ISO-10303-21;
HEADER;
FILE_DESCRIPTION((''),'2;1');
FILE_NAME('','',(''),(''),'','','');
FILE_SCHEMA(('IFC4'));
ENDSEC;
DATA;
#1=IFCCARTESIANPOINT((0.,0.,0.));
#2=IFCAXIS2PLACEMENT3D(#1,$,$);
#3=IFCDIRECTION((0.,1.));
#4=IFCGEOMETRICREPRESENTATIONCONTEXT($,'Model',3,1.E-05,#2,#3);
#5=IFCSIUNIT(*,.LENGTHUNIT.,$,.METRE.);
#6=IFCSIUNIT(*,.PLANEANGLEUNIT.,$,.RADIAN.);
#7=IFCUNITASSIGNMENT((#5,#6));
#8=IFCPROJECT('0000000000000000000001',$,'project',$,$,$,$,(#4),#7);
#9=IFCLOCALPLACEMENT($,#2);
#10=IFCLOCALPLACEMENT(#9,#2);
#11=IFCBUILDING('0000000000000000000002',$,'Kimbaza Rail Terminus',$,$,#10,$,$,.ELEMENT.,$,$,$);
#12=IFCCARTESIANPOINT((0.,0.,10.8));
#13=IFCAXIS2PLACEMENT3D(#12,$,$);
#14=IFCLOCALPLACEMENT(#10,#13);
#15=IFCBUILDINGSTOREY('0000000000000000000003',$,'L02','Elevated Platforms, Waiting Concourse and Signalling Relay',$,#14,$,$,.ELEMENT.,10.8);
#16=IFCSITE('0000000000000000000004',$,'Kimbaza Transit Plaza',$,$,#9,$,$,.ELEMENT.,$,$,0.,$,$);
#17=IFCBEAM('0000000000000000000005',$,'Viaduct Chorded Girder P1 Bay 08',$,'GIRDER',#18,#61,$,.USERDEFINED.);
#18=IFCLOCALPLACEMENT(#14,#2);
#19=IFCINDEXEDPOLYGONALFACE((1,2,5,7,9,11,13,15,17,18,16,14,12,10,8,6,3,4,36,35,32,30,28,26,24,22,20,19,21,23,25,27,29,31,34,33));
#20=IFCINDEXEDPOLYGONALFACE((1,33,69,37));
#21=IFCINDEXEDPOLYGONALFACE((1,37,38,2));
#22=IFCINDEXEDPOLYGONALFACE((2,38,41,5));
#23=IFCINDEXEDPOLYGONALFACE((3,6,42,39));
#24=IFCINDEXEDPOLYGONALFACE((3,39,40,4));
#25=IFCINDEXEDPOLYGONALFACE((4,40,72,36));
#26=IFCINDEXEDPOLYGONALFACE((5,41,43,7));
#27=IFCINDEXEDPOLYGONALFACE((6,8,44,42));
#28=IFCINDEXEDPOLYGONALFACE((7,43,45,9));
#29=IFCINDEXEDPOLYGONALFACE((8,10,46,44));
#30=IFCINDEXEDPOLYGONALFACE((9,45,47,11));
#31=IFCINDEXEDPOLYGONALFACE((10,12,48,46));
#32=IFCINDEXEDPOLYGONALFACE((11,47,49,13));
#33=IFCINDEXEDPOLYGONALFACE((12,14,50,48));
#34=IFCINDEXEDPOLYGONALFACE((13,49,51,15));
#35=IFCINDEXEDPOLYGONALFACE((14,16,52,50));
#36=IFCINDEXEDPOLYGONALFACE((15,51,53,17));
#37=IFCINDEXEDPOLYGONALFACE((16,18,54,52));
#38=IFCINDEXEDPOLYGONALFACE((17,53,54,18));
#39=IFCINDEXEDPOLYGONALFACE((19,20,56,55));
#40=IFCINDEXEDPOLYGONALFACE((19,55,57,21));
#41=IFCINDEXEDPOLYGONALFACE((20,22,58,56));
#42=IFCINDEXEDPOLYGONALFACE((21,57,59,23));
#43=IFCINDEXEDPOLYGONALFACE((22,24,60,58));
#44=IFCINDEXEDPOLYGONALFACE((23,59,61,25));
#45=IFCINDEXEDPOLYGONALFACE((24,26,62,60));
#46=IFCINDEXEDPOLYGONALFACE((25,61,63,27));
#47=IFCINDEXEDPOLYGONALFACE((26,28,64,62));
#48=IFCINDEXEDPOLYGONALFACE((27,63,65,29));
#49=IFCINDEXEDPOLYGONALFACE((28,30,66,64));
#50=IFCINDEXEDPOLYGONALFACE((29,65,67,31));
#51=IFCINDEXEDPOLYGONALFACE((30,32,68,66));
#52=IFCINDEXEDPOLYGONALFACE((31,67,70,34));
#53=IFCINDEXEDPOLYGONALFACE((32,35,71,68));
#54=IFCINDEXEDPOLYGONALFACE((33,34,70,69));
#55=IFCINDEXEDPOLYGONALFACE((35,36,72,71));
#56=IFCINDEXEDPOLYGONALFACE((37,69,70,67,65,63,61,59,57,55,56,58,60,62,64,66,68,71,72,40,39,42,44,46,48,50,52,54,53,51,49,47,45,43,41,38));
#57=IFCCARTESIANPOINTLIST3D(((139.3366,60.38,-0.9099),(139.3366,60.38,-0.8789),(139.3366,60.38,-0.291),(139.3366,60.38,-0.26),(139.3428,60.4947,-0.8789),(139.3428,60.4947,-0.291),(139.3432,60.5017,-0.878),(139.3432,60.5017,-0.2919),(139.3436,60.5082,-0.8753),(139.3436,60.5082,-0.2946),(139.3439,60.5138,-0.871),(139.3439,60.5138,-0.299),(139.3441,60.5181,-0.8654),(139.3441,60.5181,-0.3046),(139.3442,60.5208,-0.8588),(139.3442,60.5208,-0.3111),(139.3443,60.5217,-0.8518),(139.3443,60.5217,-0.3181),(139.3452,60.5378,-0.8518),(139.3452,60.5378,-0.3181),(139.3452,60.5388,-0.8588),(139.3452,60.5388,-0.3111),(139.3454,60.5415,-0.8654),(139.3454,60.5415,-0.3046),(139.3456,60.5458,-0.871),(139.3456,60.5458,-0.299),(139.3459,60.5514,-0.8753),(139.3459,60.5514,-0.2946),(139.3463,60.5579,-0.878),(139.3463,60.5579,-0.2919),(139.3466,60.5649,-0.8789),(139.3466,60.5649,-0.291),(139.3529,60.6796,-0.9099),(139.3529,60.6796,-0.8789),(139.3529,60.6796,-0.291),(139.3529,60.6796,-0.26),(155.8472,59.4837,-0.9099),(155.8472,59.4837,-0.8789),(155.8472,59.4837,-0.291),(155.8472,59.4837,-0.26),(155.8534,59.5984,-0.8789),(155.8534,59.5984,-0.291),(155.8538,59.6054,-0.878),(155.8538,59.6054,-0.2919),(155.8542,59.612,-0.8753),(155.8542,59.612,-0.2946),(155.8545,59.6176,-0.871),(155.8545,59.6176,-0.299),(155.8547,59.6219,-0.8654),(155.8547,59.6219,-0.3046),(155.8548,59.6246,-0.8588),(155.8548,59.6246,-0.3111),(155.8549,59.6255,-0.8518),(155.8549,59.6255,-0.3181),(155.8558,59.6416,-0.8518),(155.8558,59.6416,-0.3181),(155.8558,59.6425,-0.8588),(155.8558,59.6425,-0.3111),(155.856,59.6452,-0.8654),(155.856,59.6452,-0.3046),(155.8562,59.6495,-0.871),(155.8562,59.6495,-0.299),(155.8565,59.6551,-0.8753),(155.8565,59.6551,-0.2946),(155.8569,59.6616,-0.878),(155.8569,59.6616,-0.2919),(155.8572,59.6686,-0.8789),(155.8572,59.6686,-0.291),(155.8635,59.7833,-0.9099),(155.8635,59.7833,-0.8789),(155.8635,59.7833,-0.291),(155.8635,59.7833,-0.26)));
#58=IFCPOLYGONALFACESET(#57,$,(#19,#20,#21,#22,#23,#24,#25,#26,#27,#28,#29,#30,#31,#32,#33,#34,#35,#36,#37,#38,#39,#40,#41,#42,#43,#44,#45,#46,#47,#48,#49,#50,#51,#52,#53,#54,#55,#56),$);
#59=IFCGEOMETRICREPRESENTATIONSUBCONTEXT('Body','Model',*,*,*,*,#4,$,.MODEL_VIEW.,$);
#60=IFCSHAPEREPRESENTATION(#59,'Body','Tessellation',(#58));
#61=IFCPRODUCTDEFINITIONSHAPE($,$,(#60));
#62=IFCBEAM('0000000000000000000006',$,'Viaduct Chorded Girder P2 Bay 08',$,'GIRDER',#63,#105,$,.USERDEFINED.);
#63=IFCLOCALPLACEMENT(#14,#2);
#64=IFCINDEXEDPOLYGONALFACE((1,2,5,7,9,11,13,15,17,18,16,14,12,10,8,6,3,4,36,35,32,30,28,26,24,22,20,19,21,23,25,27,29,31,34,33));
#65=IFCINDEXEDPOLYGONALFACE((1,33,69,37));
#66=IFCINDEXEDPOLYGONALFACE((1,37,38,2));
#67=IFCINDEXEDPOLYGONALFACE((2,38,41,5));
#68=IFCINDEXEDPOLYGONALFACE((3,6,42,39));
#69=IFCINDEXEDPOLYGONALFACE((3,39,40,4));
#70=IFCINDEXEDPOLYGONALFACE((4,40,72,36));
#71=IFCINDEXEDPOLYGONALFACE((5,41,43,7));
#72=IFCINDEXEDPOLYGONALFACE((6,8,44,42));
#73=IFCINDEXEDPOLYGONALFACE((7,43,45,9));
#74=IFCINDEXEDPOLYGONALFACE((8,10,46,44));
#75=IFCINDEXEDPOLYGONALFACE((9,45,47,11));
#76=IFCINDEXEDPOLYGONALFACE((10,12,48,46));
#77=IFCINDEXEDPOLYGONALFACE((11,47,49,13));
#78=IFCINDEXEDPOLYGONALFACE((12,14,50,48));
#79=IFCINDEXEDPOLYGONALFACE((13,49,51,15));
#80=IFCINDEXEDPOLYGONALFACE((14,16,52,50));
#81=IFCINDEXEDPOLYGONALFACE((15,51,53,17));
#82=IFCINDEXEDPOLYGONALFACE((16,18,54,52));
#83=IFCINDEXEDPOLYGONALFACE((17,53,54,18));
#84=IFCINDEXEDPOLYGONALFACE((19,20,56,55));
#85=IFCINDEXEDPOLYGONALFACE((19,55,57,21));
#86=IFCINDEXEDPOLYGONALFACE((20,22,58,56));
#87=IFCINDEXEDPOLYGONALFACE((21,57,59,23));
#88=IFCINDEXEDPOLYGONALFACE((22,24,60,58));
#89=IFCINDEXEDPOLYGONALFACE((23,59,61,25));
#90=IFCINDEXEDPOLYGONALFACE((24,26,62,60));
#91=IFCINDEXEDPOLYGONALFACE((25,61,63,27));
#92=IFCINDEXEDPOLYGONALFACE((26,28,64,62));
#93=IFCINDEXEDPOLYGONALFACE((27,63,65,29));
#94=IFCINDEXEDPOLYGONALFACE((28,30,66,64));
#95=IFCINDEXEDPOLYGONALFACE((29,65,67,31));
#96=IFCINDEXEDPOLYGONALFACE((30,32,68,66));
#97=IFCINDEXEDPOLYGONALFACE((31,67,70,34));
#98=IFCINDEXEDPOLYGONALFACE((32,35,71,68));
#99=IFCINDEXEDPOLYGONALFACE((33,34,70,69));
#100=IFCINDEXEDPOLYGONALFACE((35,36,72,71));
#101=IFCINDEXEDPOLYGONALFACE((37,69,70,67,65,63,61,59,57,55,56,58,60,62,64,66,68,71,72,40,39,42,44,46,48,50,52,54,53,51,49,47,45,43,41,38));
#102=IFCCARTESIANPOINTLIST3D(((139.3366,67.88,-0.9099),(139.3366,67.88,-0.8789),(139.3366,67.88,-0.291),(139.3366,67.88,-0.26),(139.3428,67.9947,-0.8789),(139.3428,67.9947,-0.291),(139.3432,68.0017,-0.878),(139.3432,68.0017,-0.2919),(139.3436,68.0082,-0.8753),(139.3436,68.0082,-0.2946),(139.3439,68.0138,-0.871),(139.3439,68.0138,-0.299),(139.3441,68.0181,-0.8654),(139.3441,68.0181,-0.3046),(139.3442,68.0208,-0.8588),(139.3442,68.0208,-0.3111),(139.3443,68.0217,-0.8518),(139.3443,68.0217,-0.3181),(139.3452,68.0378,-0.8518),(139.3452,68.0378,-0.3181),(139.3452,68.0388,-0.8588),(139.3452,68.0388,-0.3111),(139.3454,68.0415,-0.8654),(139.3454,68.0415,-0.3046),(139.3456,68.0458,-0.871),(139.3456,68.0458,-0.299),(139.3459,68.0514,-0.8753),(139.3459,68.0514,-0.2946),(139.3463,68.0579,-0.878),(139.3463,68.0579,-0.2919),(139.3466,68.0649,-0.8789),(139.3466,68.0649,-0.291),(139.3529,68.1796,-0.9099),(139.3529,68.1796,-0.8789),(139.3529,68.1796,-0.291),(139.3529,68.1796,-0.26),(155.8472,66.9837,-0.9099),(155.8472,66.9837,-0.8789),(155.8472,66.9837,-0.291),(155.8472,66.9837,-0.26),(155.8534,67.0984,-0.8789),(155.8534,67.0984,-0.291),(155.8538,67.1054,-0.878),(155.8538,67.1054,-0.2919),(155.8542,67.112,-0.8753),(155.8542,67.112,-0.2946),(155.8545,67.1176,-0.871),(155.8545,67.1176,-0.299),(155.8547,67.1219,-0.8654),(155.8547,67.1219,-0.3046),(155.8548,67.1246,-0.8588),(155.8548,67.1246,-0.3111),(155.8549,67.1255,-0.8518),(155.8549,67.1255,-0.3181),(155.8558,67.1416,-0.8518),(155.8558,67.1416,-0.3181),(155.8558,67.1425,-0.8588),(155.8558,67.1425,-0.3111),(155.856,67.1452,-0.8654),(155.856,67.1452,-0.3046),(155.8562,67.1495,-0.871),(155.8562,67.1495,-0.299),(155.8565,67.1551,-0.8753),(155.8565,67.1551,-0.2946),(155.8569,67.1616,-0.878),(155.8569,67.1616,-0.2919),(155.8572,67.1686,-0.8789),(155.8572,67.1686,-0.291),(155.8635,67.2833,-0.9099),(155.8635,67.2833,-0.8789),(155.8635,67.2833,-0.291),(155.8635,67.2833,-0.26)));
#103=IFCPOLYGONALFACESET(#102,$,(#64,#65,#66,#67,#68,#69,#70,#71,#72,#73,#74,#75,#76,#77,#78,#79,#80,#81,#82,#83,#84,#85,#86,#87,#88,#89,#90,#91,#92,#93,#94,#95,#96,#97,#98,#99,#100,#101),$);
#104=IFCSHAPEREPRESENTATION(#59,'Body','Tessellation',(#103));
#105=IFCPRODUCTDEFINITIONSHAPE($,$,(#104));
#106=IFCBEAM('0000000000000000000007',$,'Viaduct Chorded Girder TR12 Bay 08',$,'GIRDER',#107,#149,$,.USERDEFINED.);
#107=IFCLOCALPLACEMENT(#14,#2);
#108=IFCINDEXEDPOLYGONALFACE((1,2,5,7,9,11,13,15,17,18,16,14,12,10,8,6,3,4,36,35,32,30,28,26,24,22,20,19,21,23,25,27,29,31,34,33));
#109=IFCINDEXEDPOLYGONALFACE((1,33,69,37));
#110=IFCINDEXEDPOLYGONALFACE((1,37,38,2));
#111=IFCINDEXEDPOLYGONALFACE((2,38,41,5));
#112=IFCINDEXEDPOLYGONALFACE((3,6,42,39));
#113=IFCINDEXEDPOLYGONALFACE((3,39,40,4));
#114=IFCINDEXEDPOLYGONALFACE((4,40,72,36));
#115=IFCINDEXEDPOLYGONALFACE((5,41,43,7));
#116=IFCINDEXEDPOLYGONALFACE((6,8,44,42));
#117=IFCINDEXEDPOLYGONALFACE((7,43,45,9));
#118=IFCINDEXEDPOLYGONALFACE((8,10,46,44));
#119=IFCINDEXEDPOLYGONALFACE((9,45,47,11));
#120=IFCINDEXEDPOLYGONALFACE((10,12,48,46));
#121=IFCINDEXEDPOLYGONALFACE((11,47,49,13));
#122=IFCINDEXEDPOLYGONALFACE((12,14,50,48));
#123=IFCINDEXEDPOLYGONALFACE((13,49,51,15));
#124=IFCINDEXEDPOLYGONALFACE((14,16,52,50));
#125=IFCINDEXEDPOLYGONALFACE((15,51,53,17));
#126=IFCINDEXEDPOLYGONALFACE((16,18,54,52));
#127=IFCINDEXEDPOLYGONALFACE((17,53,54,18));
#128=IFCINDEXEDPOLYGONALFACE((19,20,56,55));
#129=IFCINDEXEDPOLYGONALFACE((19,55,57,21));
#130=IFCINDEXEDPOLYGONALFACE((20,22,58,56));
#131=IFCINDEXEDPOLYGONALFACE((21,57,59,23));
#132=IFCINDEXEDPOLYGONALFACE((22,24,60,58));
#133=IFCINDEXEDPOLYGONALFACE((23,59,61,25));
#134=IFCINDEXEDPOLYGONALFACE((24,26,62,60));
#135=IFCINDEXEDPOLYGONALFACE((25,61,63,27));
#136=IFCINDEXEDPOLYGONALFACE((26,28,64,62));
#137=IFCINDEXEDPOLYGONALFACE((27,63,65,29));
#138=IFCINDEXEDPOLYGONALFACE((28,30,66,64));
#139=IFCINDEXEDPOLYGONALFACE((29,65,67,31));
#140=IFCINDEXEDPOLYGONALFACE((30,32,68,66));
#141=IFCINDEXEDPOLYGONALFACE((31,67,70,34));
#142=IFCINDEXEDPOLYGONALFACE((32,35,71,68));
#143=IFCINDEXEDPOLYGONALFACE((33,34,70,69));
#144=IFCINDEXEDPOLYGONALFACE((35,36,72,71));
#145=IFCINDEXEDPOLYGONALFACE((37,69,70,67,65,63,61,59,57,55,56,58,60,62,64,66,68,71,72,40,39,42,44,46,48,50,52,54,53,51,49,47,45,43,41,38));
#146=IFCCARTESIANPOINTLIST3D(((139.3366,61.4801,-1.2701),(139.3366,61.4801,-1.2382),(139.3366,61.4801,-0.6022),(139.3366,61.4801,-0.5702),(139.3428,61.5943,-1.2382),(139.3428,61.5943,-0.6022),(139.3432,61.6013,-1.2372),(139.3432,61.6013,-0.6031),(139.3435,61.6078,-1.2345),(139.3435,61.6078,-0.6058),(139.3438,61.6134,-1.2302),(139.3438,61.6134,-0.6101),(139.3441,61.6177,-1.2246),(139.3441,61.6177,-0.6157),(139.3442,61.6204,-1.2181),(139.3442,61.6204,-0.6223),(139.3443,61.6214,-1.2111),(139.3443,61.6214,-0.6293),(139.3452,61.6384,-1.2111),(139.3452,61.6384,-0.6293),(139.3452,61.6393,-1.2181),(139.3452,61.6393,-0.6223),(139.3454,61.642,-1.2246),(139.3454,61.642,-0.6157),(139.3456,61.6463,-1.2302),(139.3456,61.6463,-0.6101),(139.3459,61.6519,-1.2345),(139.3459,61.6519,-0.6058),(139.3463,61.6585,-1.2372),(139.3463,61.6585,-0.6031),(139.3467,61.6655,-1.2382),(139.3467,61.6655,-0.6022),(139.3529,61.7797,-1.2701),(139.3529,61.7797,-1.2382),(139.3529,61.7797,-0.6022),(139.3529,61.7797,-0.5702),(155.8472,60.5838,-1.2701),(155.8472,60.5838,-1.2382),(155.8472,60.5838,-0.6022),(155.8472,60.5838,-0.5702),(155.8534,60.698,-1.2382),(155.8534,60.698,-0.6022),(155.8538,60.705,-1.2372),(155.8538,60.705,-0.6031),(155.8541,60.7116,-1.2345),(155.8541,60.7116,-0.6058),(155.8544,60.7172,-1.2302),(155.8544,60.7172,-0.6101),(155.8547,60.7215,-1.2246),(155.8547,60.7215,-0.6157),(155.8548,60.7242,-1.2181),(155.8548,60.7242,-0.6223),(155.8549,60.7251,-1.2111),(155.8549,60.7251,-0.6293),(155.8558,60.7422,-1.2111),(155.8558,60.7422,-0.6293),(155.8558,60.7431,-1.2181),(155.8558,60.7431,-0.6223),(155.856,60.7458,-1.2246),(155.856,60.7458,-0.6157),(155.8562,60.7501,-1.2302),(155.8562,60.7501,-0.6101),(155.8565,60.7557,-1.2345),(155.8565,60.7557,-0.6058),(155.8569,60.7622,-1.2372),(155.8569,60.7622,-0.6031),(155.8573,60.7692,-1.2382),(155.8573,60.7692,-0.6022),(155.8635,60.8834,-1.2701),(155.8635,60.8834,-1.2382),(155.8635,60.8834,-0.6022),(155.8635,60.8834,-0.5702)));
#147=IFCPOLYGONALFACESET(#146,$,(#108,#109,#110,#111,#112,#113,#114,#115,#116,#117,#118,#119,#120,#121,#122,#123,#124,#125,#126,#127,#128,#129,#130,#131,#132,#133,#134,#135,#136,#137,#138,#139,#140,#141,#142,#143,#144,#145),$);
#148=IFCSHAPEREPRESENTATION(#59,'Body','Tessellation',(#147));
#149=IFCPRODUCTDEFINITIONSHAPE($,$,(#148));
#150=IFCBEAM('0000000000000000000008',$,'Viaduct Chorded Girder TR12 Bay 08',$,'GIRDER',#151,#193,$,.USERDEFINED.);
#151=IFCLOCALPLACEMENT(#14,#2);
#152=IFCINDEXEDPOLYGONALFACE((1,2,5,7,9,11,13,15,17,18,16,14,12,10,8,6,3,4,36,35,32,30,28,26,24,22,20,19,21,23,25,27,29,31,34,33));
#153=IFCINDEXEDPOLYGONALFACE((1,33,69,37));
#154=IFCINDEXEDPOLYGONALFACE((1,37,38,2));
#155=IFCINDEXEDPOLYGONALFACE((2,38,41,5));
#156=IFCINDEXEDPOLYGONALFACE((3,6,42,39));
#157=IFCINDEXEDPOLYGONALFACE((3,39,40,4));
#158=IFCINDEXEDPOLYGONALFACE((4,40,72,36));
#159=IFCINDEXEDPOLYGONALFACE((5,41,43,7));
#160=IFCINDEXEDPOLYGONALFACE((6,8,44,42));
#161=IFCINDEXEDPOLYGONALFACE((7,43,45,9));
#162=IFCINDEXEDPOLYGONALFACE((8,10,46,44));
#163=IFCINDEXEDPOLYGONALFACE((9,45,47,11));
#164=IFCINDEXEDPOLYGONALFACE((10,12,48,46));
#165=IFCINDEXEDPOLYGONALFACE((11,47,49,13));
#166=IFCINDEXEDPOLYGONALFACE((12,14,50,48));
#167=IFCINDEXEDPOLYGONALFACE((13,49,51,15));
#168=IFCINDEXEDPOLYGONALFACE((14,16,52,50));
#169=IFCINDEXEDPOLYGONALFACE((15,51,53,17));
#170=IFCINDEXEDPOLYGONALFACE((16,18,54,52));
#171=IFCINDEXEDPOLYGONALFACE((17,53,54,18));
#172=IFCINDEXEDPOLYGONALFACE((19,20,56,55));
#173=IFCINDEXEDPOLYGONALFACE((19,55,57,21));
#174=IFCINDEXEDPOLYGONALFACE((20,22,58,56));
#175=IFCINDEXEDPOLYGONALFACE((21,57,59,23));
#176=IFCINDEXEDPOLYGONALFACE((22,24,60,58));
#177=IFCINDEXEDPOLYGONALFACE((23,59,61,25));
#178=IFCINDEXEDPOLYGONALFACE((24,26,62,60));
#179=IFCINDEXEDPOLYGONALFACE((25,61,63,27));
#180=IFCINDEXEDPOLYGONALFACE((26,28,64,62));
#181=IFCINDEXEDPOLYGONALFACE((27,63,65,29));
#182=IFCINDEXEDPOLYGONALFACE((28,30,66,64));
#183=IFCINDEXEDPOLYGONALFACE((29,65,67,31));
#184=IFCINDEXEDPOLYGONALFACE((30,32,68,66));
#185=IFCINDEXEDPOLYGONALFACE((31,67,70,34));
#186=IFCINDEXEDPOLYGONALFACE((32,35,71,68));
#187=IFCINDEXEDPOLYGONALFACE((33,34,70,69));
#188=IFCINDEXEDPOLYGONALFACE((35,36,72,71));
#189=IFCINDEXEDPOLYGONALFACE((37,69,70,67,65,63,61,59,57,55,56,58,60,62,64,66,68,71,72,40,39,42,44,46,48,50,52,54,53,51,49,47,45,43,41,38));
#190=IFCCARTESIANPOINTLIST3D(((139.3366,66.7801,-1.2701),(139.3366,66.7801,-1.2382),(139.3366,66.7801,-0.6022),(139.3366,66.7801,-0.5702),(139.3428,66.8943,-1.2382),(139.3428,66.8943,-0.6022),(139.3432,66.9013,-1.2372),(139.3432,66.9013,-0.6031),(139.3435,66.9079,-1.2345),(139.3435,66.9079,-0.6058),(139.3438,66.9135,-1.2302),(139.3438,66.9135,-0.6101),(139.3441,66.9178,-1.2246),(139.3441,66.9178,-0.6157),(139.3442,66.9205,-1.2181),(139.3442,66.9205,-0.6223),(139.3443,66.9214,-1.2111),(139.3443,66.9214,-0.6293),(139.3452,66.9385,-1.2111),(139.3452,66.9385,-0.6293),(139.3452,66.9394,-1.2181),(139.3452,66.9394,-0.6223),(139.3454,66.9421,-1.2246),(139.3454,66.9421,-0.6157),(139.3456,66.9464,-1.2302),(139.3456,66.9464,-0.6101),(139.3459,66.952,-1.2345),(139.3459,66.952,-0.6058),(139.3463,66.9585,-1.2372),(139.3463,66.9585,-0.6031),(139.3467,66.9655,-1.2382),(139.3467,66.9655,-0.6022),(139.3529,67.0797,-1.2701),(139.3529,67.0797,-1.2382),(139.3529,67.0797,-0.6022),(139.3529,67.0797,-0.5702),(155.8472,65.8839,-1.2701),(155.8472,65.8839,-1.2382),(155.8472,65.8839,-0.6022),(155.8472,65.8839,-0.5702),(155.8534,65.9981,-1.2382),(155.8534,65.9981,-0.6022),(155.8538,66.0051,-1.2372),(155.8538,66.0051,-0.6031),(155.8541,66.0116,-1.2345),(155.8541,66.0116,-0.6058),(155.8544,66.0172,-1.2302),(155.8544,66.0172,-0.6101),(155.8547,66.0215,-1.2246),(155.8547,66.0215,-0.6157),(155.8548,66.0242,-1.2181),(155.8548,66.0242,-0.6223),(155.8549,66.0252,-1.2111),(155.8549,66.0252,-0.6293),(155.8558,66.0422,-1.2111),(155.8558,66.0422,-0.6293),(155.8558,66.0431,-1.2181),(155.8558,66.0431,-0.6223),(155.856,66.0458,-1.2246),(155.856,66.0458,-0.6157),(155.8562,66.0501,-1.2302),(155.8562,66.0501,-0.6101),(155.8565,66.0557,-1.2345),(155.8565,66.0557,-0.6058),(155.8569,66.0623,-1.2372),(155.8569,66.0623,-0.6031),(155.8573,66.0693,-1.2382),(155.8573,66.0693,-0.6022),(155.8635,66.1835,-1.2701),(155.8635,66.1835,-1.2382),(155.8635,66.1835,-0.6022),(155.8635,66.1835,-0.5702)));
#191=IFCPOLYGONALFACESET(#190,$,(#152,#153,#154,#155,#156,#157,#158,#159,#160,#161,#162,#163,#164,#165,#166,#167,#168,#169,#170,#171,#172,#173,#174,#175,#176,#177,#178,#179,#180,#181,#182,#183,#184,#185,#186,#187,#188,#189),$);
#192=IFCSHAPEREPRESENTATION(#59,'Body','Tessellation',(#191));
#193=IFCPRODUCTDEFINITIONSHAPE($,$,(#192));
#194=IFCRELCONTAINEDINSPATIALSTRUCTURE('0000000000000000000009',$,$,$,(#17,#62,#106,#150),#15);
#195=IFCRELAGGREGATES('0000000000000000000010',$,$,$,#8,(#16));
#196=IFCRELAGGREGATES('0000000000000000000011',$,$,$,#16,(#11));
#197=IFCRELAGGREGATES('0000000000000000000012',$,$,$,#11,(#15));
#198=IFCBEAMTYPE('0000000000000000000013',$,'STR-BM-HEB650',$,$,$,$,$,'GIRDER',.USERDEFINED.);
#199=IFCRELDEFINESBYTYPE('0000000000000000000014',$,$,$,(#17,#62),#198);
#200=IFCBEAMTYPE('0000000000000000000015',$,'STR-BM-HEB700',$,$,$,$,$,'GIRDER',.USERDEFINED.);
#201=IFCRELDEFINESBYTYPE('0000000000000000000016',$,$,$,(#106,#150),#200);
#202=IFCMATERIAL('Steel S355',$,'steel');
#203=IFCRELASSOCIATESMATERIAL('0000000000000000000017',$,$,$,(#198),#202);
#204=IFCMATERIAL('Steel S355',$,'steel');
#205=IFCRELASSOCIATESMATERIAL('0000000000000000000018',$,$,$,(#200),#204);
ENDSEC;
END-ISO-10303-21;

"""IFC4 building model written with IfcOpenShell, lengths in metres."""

from ifc_helpers import new_model, si_unit, direction, frame, origin, origin_2d, place, context, subcontext, project, spatial, i_section, extrude, material, material_profile, profile_set, type_object, element, save


model = new_model("IFC4")

# Units and contexts
model_context = context("Model", 3, precision=1e-05, world=origin(), true_north=direction((0.0, 1.0)))
body_context = subcontext(model_context, "Body", "Model", "MODEL_VIEW")
ifc_project = project(units=[si_unit("LENGTHUNIT", "METRE"), si_unit("PLANEANGLEUNIT", "RADIAN")], contexts=[model_context])

# Site, building, storey
site_placement = place(None, origin())
site = spatial("IfcSite", under=ifc_project, at=site_placement, Name="Kimbaza Transit Plaza", CompositionType="ELEMENT", RefElevation=0.0)
building_placement = place(site_placement, origin())
building = spatial("IfcBuilding", under=site, at=building_placement, Name="Kimbaza Rail Terminus", CompositionType="ELEMENT")
storey_placement = place(building_placement, frame((0.0, 0.0, 10.8)))
storey = spatial("IfcBuildingStorey", under=building, at=storey_placement, Name="L02", Description="Elevated Platforms, Waiting Concourse and Signalling Relay", CompositionType="ELEMENT", Elevation=10.8)

# Beams
ifc_material_1 = material(Name="Steel S355", Category="steel")
ifc_material_profile_1 = material_profile(ifc_material_1, i_section(OverallWidth=0.3, OverallDepth=0.6499, WebThickness=0.0161, FlangeThickness=0.031, FilletRadius=0.0271, at=origin_2d()), Name="HEB 650")
ifc_profile_set_1 = profile_set([ifc_material_profile_1], Name="Steel S355")
beam_type_1 = type_object("IfcBeamType", Name="STR-BM-HEB650", ElementType="GIRDER", PredefinedType="USERDEFINED", material=ifc_profile_set_1)
for number, where, z_axis, x_axis, name in (
    (1, (139.3447, 60.5298, -0.585), (0.99853, -0.054203, 0.0), (0.054203, 0.99853, 0.0), "Viaduct Chorded Girder P1 Bay 08"),
    (2, (139.3447, 68.0298, -0.585), (0.99853, -0.054203, 0.0), (0.054203, 0.99853, 0.0), "Viaduct Chorded Girder P2 Bay 08"),
):
    element("IfcBeam", number, at=place(storey_placement, frame(where, z_axis=z_axis, x_axis=x_axis)), inside=storey, type_object=beam_type_1, Name=name, ObjectType="GIRDER", PredefinedType="USERDEFINED", context=body_context, shape_type="SweptSolid", body=[
        extrude(i_section(OverallWidth=0.3, OverallDepth=0.6499, WebThickness=0.0161, FlangeThickness=0.031, FilletRadius=0.0271, at=origin_2d()), origin(), (0.0, 0.0, 1.0), 16.5349),
    ])
ifc_material_2 = material(Name="Steel S355", Category="steel")
ifc_material_profile_2 = material_profile(ifc_material_2, i_section(OverallWidth=0.3, OverallDepth=0.7, WebThickness=0.0171, FlangeThickness=0.032, FilletRadius=0.0271, at=origin_2d()), Name="HEB 700")
ifc_profile_set_2 = profile_set([ifc_material_profile_2], Name="Steel S355")
beam_type_2 = type_object("IfcBeamType", Name="STR-BM-HEB700", ElementType="GIRDER", PredefinedType="USERDEFINED", material=ifc_profile_set_2)
for number, where, z_axis, x_axis, name in (
    (3, (139.3447, 61.6299, -0.9202), (0.99853, -0.054203, 0.0), (0.054203, 0.99853, 0.0), "Viaduct Chorded Girder TR12 Bay 08"),
    (4, (139.3447, 66.9299, -0.9202), (0.99853, -0.054203, 0.0), (0.054203, 0.99853, 0.0), "Viaduct Chorded Girder TR12 Bay 08"),
):
    element("IfcBeam", number, at=place(storey_placement, frame(where, z_axis=z_axis, x_axis=x_axis)), inside=storey, type_object=beam_type_2, Name=name, ObjectType="GIRDER", PredefinedType="USERDEFINED", context=body_context, shape_type="SweptSolid", body=[
        extrude(i_section(OverallWidth=0.3, OverallDepth=0.7, WebThickness=0.0171, FlangeThickness=0.032, FilletRadius=0.0271, at=origin_2d()), origin(), (0.0, 0.0, 1.0), 16.5349),
    ])

save(model, "model.ifc")
